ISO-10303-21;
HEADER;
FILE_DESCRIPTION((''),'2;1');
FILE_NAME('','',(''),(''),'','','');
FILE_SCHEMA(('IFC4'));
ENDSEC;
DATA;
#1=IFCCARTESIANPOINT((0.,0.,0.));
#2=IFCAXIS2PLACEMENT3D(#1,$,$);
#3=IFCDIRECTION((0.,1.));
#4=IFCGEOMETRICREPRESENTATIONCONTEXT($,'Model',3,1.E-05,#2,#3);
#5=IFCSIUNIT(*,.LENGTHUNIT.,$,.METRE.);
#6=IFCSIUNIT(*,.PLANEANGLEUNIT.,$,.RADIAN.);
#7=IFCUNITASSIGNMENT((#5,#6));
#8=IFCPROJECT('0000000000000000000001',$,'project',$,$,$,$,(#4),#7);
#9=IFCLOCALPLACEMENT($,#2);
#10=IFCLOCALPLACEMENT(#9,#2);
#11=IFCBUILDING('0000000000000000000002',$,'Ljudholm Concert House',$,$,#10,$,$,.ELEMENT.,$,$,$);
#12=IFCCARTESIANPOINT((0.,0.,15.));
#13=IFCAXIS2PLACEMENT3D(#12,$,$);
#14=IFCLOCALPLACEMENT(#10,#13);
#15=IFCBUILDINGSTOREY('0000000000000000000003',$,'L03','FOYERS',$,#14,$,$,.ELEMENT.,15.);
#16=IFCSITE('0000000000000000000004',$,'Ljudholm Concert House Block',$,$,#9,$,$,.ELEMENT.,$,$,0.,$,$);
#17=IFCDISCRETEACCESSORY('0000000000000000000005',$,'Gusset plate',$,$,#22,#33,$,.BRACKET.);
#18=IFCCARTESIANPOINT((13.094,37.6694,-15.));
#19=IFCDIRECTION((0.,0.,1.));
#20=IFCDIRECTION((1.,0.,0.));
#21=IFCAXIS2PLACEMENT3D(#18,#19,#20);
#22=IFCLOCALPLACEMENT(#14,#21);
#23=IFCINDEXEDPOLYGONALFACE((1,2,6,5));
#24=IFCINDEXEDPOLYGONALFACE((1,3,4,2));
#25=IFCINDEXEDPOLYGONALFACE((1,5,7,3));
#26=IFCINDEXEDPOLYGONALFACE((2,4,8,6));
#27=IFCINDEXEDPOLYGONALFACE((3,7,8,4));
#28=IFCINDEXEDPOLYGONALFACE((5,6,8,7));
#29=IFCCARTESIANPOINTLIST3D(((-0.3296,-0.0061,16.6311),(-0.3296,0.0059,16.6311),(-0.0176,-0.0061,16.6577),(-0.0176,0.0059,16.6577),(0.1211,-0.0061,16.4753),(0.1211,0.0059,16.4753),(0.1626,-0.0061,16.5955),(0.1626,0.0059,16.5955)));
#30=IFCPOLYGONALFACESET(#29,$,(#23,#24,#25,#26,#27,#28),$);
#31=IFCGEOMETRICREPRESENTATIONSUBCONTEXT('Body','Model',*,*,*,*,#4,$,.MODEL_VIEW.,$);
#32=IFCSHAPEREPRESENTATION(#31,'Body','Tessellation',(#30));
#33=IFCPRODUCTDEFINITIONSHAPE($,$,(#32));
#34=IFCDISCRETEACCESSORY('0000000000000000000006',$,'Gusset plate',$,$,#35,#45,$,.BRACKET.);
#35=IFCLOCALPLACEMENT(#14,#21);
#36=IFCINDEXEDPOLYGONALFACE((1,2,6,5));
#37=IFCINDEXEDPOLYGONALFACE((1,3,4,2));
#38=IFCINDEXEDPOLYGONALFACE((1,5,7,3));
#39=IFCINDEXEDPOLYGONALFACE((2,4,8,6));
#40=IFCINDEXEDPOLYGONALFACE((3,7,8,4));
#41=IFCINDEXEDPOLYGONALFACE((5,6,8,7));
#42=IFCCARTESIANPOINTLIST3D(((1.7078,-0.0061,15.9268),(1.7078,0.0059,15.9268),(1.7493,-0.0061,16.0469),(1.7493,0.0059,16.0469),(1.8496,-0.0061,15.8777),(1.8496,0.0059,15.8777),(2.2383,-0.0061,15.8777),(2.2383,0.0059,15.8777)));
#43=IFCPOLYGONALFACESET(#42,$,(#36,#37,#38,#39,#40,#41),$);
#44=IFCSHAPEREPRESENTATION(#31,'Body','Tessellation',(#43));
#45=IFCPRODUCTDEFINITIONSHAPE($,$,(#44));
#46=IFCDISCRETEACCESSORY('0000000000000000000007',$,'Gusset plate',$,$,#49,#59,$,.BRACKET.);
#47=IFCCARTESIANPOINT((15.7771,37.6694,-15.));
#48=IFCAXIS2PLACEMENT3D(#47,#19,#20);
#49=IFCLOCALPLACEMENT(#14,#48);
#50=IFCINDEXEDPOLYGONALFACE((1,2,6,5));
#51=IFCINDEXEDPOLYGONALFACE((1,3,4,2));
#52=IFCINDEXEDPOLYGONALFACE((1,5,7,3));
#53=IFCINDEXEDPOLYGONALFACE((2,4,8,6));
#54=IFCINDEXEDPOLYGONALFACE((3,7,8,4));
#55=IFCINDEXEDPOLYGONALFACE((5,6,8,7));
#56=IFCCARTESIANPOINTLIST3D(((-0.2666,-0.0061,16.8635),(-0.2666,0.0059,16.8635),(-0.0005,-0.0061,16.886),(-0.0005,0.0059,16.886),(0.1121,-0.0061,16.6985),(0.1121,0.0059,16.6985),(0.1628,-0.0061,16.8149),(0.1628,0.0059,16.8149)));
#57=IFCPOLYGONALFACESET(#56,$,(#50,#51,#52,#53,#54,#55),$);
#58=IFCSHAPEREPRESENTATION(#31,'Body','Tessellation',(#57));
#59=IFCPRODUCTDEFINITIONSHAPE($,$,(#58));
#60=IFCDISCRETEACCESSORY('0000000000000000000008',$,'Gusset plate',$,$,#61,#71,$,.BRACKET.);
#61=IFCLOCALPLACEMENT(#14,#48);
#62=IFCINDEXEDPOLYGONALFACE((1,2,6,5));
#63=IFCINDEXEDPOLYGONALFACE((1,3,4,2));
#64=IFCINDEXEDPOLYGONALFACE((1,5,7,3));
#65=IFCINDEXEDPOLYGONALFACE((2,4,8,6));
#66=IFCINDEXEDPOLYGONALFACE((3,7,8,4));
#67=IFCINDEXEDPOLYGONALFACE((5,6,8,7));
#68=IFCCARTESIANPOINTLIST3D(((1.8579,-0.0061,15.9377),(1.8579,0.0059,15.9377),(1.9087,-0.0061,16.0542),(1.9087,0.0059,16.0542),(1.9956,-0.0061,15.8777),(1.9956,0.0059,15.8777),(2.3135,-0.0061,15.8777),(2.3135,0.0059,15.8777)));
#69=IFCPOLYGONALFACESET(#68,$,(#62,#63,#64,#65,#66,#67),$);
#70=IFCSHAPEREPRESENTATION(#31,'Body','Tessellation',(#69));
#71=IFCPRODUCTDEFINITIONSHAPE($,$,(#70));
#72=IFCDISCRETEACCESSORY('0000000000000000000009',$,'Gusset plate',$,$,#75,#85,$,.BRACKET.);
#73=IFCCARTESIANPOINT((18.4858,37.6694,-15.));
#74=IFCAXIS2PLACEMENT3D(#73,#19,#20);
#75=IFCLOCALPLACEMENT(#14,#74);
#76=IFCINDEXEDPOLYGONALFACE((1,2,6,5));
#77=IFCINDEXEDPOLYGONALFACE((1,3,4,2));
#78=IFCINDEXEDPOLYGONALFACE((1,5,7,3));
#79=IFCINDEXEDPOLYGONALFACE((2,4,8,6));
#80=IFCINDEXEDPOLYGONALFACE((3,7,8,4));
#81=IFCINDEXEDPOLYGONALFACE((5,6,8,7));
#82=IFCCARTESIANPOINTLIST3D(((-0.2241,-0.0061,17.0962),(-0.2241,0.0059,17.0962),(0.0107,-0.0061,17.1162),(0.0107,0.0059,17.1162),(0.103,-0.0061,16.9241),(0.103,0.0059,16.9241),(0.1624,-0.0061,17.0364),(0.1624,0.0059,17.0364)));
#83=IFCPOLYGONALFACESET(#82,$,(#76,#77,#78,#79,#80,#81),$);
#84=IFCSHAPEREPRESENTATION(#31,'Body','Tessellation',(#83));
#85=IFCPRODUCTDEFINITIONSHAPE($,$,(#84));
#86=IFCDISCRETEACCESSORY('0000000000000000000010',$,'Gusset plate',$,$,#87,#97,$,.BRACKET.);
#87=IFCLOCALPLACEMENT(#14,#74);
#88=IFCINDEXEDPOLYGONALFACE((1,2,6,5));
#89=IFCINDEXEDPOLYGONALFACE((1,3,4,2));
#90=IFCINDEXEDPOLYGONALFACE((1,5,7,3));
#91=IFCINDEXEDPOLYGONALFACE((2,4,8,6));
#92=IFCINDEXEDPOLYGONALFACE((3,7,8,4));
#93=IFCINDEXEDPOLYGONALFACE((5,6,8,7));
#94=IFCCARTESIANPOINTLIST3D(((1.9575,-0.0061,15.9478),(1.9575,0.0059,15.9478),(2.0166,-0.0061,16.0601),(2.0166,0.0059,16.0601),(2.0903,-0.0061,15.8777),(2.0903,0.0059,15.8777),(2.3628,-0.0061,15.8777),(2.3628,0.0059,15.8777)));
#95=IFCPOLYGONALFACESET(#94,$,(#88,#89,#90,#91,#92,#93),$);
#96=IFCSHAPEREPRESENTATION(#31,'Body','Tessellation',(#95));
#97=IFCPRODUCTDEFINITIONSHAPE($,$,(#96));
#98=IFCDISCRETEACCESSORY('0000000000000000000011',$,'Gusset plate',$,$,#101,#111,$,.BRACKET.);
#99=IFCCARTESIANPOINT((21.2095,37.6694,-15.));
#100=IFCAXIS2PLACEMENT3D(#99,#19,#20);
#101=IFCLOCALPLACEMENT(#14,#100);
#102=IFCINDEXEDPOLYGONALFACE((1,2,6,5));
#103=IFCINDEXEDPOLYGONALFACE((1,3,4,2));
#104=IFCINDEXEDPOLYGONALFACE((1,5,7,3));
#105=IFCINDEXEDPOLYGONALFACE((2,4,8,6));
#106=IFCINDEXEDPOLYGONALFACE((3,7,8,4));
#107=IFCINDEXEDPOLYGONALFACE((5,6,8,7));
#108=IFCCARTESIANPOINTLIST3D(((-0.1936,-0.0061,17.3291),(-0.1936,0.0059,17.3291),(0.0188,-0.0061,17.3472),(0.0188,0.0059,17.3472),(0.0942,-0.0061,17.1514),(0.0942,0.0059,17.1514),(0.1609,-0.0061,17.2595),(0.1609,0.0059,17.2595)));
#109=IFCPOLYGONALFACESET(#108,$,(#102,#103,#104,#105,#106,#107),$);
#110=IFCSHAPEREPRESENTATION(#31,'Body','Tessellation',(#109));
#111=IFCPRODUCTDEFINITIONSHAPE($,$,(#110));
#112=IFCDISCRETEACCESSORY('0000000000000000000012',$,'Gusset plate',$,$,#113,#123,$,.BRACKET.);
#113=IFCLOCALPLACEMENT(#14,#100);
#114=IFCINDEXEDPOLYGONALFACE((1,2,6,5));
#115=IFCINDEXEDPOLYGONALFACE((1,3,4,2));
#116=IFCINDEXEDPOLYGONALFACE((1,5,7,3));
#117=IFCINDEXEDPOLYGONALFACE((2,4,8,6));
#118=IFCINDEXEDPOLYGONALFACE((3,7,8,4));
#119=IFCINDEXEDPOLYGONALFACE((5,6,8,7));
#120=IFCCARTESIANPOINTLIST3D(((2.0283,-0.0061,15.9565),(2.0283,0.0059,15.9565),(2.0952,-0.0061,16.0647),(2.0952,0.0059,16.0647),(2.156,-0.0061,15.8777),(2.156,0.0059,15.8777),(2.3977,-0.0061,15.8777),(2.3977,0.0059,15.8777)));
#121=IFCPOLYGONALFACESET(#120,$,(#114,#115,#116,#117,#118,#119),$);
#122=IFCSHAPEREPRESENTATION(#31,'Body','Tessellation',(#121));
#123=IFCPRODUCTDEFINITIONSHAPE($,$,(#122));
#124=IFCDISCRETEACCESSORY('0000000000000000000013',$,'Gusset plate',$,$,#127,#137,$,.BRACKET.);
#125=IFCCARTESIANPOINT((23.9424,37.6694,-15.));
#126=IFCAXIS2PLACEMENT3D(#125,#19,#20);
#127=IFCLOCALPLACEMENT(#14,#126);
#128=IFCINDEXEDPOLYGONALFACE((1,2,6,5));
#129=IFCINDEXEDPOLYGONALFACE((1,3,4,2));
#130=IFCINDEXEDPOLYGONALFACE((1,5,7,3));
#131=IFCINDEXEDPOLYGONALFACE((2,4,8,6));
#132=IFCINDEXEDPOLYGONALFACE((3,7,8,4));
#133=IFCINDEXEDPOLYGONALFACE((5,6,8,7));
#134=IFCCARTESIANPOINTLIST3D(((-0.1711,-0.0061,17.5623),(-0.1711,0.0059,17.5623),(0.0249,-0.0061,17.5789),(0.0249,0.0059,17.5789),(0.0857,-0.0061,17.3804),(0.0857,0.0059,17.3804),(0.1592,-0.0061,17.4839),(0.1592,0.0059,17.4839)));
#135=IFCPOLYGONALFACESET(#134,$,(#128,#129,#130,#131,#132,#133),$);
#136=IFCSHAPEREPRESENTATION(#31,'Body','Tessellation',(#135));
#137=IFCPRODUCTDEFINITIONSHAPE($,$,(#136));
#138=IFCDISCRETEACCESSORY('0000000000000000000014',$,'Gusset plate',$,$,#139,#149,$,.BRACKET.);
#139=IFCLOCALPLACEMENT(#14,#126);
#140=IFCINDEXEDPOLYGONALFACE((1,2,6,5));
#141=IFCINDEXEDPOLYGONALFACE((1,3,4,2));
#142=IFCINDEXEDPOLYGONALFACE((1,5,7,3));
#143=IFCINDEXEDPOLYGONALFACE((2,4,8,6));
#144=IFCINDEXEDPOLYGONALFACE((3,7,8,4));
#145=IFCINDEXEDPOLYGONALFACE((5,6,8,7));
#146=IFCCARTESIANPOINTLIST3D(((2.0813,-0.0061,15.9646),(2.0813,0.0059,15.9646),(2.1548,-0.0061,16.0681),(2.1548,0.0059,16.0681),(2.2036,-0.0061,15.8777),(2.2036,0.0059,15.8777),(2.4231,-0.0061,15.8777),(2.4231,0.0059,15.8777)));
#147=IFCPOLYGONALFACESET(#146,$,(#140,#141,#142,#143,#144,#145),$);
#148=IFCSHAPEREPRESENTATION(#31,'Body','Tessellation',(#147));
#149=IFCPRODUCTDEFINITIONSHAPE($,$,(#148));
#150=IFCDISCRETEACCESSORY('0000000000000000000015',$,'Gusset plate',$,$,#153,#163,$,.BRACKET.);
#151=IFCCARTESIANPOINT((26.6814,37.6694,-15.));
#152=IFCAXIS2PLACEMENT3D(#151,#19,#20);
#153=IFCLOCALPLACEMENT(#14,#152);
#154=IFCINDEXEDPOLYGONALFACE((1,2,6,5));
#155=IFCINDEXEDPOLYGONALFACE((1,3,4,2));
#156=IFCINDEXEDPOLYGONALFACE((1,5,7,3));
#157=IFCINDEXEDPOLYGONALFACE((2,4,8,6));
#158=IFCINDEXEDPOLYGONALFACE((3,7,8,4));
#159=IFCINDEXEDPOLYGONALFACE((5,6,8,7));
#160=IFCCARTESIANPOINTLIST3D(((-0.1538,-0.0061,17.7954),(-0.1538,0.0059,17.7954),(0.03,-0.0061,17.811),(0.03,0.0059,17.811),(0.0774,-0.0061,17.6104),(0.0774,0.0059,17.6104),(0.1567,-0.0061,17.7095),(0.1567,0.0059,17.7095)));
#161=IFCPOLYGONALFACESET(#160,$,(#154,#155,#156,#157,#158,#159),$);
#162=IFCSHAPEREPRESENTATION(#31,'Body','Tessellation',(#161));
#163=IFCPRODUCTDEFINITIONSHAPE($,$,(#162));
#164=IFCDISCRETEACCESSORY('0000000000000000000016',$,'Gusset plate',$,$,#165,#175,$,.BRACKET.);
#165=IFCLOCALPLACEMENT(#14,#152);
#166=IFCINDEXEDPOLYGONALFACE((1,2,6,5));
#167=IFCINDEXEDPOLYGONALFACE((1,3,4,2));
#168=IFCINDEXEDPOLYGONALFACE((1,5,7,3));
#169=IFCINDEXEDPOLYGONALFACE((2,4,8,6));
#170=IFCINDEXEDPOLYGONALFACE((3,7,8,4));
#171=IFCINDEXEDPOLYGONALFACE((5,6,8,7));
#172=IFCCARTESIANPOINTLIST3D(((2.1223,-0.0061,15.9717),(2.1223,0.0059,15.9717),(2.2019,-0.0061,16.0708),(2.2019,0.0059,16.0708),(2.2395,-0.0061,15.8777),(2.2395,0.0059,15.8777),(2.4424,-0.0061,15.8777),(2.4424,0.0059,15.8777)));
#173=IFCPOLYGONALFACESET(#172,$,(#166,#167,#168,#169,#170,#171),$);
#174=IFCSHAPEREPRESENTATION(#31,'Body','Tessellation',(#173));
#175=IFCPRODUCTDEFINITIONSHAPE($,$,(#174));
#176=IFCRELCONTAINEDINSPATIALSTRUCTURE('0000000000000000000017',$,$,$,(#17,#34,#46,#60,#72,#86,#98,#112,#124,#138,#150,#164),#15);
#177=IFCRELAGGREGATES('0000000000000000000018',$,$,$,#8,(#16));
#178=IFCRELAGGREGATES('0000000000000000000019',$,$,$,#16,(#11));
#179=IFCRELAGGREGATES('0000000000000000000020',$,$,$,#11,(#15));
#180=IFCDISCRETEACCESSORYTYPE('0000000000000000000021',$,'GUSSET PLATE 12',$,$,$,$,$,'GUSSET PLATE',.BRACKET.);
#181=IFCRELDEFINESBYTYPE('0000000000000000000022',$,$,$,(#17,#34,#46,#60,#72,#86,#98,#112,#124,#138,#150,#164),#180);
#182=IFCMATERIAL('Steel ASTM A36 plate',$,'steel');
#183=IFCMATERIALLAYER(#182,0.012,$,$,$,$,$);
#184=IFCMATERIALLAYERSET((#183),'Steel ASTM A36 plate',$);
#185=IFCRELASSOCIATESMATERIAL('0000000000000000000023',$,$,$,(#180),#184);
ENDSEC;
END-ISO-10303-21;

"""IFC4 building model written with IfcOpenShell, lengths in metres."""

from ifc_helpers import new_model, si_unit, direction, frame, origin, place, context, subcontext, project, spatial, polyline, outline, extrude, material, layer, layer_set, type_object, element, save


model = new_model("IFC4")

# Units and contexts
model_context = context("Model", 3, precision=1e-05, world=origin(), true_north=direction((0.0, 1.0)))
body_context = subcontext(model_context, "Body", "Model", "MODEL_VIEW")
ifc_project = project(units=[si_unit("LENGTHUNIT", "METRE"), si_unit("PLANEANGLEUNIT", "RADIAN")], contexts=[model_context])

# Site, building, storey
site_placement = place(None, origin())
site = spatial("IfcSite", under=ifc_project, at=site_placement, Name="Ljudholm Concert House Block", CompositionType="ELEMENT", RefElevation=0.0)
building_placement = place(site_placement, origin())
building = spatial("IfcBuilding", under=site, at=building_placement, Name="Ljudholm Concert House", CompositionType="ELEMENT")
storey_placement = place(building_placement, frame((0.0, 0.0, 15.0)))
storey = spatial("IfcBuildingStorey", under=building, at=storey_placement, Name="L03", Description="FOYERS", CompositionType="ELEMENT", Elevation=15.0)

# Discrete accessories
ifc_material = material(Name="Steel ASTM A36 plate", Category="steel")
ifc_layer = layer(ifc_material, 0.012)
ifc_layer_set = layer_set([ifc_layer], Name="Steel ASTM A36 plate")
discrete_accessory_type = type_object("IfcDiscreteAccessoryType", Name="GUSSET PLATE 12", ElementType="GUSSET PLATE", PredefinedType="BRACKET", material=ifc_layer_set)
discrete_accessory_1_placement = place(storey_placement, frame((13.094, 37.6694, -15.0), z_axis=(0.0, 0.0, 1.0), x_axis=(1.0, 0.0, 0.0)))
element("IfcDiscreteAccessory", 1, at=discrete_accessory_1_placement, inside=storey, type_object=discrete_accessory_type, Name="Gusset plate", PredefinedType="BRACKET", context=body_context, shape_type="SweptSolid", body=[
    extrude(outline(polyline([(0.1211, 16.4753), (-0.3296, 16.6311), (-0.0176, 16.6577), (0.1626, 16.5955), (0.1211, 16.4753)])), frame((0.0, 0.0059, 0.0), z_axis=(0.0, -1.0, 0.0), x_axis=(1.0, 0.0, 0.0)), (0.0, 0.0, 1.0), 0.012),
])
discrete_accessory_2_placement = place(storey_placement, frame((13.094, 37.6694, -15.0), z_axis=(0.0, 0.0, 1.0), x_axis=(1.0, 0.0, 0.0)))
element("IfcDiscreteAccessory", 2, at=discrete_accessory_2_placement, inside=storey, type_object=discrete_accessory_type, Name="Gusset plate", PredefinedType="BRACKET", context=body_context, shape_type="SweptSolid", body=[
    extrude(outline(polyline([(1.7493, 16.0469), (2.2383, 15.8777), (1.8496, 15.8777), (1.7078, 15.9268), (1.7493, 16.0469)])), frame((0.0, 0.0059, 0.0), z_axis=(0.0, -1.0, 0.0), x_axis=(1.0, 0.0, 0.0)), (0.0, 0.0, 1.0), 0.012),
])
discrete_accessory_3_placement = place(storey_placement, frame((15.7771, 37.6694, -15.0), z_axis=(0.0, 0.0, 1.0), x_axis=(1.0, 0.0, 0.0)))
element("IfcDiscreteAccessory", 3, at=discrete_accessory_3_placement, inside=storey, type_object=discrete_accessory_type, Name="Gusset plate", PredefinedType="BRACKET", context=body_context, shape_type="SweptSolid", body=[
    extrude(outline(polyline([(0.1121, 16.6985), (-0.2666, 16.8635), (-0.0005, 16.886), (0.1628, 16.8149), (0.1121, 16.6985)])), frame((0.0, 0.0059, 0.0), z_axis=(0.0, -1.0, 0.0), x_axis=(1.0, 0.0, 0.0)), (0.0, 0.0, 1.0), 0.012),
])
discrete_accessory_4_placement = place(storey_placement, frame((15.7771, 37.6694, -15.0), z_axis=(0.0, 0.0, 1.0), x_axis=(1.0, 0.0, 0.0)))
element("IfcDiscreteAccessory", 4, at=discrete_accessory_4_placement, inside=storey, type_object=discrete_accessory_type, Name="Gusset plate", PredefinedType="BRACKET", context=body_context, shape_type="SweptSolid", body=[
    extrude(outline(polyline([(1.9087, 16.0542), (2.3135, 15.8777), (1.9956, 15.8777), (1.8579, 15.9377), (1.9087, 16.0542)])), frame((0.0, 0.0059, 0.0), z_axis=(0.0, -1.0, 0.0), x_axis=(1.0, 0.0, 0.0)), (0.0, 0.0, 1.0), 0.012),
])
discrete_accessory_5_placement = place(storey_placement, frame((18.4858, 37.6694, -15.0), z_axis=(0.0, 0.0, 1.0), x_axis=(1.0, 0.0, 0.0)))
element("IfcDiscreteAccessory", 5, at=discrete_accessory_5_placement, inside=storey, type_object=discrete_accessory_type, Name="Gusset plate", PredefinedType="BRACKET", context=body_context, shape_type="SweptSolid", body=[
    extrude(outline(polyline([(0.103, 16.9241), (-0.2241, 17.0962), (0.0107, 17.1162), (0.1624, 17.0364), (0.103, 16.9241)])), frame((0.0, 0.0059, 0.0), z_axis=(0.0, -1.0, 0.0), x_axis=(1.0, 0.0, 0.0)), (0.0, 0.0, 1.0), 0.012),
])
discrete_accessory_6_placement = place(storey_placement, frame((18.4858, 37.6694, -15.0), z_axis=(0.0, 0.0, 1.0), x_axis=(1.0, 0.0, 0.0)))
element("IfcDiscreteAccessory", 6, at=discrete_accessory_6_placement, inside=storey, type_object=discrete_accessory_type, Name="Gusset plate", PredefinedType="BRACKET", context=body_context, shape_type="SweptSolid", body=[
    extrude(outline(polyline([(2.0166, 16.0601), (2.3628, 15.8777), (2.0903, 15.8777), (1.9575, 15.9478), (2.0166, 16.0601)])), frame((0.0, 0.0059, 0.0), z_axis=(0.0, -1.0, 0.0), x_axis=(1.0, 0.0, 0.0)), (0.0, 0.0, 1.0), 0.012),
])
discrete_accessory_7_placement = place(storey_placement, frame((21.2095, 37.6694, -15.0), z_axis=(0.0, 0.0, 1.0), x_axis=(1.0, 0.0, 0.0)))
element("IfcDiscreteAccessory", 7, at=discrete_accessory_7_placement, inside=storey, type_object=discrete_accessory_type, Name="Gusset plate", PredefinedType="BRACKET", context=body_context, shape_type="SweptSolid", body=[
    extrude(outline(polyline([(0.0942, 17.1514), (-0.1936, 17.3291), (0.0188, 17.3472), (0.1609, 17.2595), (0.0942, 17.1514)])), frame((0.0, 0.0059, 0.0), z_axis=(0.0, -1.0, 0.0), x_axis=(1.0, 0.0, 0.0)), (0.0, 0.0, 1.0), 0.012),
])
discrete_accessory_8_placement = place(storey_placement, frame((21.2095, 37.6694, -15.0), z_axis=(0.0, 0.0, 1.0), x_axis=(1.0, 0.0, 0.0)))
element("IfcDiscreteAccessory", 8, at=discrete_accessory_8_placement, inside=storey, type_object=discrete_accessory_type, Name="Gusset plate", PredefinedType="BRACKET", context=body_context, shape_type="SweptSolid", body=[
    extrude(outline(polyline([(2.0952, 16.0647), (2.3977, 15.8777), (2.156, 15.8777), (2.0283, 15.9565), (2.0952, 16.0647)])), frame((0.0, 0.0059, 0.0), z_axis=(0.0, -1.0, 0.0), x_axis=(1.0, 0.0, 0.0)), (0.0, 0.0, 1.0), 0.012),
])
discrete_accessory_9_placement = place(storey_placement, frame((23.9424, 37.6694, -15.0), z_axis=(0.0, 0.0, 1.0), x_axis=(1.0, 0.0, 0.0)))
element("IfcDiscreteAccessory", 9, at=discrete_accessory_9_placement, inside=storey, type_object=discrete_accessory_type, Name="Gusset plate", PredefinedType="BRACKET", context=body_context, shape_type="SweptSolid", body=[
    extrude(outline(polyline([(0.0857, 17.3804), (-0.1711, 17.5623), (0.0249, 17.5789), (0.1592, 17.4839), (0.0857, 17.3804)])), frame((0.0, 0.0059, 0.0), z_axis=(0.0, -1.0, 0.0), x_axis=(1.0, 0.0, 0.0)), (0.0, 0.0, 1.0), 0.012),
])
discrete_accessory_10_placement = place(storey_placement, frame((23.9424, 37.6694, -15.0), z_axis=(0.0, 0.0, 1.0), x_axis=(1.0, 0.0, 0.0)))
element("IfcDiscreteAccessory", 10, at=discrete_accessory_10_placement, inside=storey, type_object=discrete_accessory_type, Name="Gusset plate", PredefinedType="BRACKET", context=body_context, shape_type="SweptSolid", body=[
    extrude(outline(polyline([(2.1548, 16.0681), (2.4231, 15.8777), (2.2036, 15.8777), (2.0813, 15.9646), (2.1548, 16.0681)])), frame((0.0, 0.0059, 0.0), z_axis=(0.0, -1.0, 0.0), x_axis=(1.0, 0.0, 0.0)), (0.0, 0.0, 1.0), 0.012),
])
discrete_accessory_11_placement = place(storey_placement, frame((26.6814, 37.6694, -15.0), z_axis=(0.0, 0.0, 1.0), x_axis=(1.0, 0.0, 0.0)))
element("IfcDiscreteAccessory", 11, at=discrete_accessory_11_placement, inside=storey, type_object=discrete_accessory_type, Name="Gusset plate", PredefinedType="BRACKET", context=body_context, shape_type="SweptSolid", body=[
    extrude(outline(polyline([(0.0774, 17.6104), (-0.1538, 17.7954), (0.03, 17.811), (0.1567, 17.7095), (0.0774, 17.6104)])), frame((0.0, 0.0059, 0.0), z_axis=(0.0, -1.0, 0.0), x_axis=(1.0, 0.0, 0.0)), (0.0, 0.0, 1.0), 0.012),
])
discrete_accessory_12_placement = place(storey_placement, frame((26.6814, 37.6694, -15.0), z_axis=(0.0, 0.0, 1.0), x_axis=(1.0, 0.0, 0.0)))
element("IfcDiscreteAccessory", 12, at=discrete_accessory_12_placement, inside=storey, type_object=discrete_accessory_type, Name="Gusset plate", PredefinedType="BRACKET", context=body_context, shape_type="SweptSolid", body=[
    extrude(outline(polyline([(2.2019, 16.0708), (2.4424, 15.8777), (2.2395, 15.8777), (2.1223, 15.9717), (2.2019, 16.0708)])), frame((0.0, 0.0059, 0.0), z_axis=(0.0, -1.0, 0.0), x_axis=(1.0, 0.0, 0.0)), (0.0, 0.0, 1.0), 0.012),
])

save(model, "model.ifc")
